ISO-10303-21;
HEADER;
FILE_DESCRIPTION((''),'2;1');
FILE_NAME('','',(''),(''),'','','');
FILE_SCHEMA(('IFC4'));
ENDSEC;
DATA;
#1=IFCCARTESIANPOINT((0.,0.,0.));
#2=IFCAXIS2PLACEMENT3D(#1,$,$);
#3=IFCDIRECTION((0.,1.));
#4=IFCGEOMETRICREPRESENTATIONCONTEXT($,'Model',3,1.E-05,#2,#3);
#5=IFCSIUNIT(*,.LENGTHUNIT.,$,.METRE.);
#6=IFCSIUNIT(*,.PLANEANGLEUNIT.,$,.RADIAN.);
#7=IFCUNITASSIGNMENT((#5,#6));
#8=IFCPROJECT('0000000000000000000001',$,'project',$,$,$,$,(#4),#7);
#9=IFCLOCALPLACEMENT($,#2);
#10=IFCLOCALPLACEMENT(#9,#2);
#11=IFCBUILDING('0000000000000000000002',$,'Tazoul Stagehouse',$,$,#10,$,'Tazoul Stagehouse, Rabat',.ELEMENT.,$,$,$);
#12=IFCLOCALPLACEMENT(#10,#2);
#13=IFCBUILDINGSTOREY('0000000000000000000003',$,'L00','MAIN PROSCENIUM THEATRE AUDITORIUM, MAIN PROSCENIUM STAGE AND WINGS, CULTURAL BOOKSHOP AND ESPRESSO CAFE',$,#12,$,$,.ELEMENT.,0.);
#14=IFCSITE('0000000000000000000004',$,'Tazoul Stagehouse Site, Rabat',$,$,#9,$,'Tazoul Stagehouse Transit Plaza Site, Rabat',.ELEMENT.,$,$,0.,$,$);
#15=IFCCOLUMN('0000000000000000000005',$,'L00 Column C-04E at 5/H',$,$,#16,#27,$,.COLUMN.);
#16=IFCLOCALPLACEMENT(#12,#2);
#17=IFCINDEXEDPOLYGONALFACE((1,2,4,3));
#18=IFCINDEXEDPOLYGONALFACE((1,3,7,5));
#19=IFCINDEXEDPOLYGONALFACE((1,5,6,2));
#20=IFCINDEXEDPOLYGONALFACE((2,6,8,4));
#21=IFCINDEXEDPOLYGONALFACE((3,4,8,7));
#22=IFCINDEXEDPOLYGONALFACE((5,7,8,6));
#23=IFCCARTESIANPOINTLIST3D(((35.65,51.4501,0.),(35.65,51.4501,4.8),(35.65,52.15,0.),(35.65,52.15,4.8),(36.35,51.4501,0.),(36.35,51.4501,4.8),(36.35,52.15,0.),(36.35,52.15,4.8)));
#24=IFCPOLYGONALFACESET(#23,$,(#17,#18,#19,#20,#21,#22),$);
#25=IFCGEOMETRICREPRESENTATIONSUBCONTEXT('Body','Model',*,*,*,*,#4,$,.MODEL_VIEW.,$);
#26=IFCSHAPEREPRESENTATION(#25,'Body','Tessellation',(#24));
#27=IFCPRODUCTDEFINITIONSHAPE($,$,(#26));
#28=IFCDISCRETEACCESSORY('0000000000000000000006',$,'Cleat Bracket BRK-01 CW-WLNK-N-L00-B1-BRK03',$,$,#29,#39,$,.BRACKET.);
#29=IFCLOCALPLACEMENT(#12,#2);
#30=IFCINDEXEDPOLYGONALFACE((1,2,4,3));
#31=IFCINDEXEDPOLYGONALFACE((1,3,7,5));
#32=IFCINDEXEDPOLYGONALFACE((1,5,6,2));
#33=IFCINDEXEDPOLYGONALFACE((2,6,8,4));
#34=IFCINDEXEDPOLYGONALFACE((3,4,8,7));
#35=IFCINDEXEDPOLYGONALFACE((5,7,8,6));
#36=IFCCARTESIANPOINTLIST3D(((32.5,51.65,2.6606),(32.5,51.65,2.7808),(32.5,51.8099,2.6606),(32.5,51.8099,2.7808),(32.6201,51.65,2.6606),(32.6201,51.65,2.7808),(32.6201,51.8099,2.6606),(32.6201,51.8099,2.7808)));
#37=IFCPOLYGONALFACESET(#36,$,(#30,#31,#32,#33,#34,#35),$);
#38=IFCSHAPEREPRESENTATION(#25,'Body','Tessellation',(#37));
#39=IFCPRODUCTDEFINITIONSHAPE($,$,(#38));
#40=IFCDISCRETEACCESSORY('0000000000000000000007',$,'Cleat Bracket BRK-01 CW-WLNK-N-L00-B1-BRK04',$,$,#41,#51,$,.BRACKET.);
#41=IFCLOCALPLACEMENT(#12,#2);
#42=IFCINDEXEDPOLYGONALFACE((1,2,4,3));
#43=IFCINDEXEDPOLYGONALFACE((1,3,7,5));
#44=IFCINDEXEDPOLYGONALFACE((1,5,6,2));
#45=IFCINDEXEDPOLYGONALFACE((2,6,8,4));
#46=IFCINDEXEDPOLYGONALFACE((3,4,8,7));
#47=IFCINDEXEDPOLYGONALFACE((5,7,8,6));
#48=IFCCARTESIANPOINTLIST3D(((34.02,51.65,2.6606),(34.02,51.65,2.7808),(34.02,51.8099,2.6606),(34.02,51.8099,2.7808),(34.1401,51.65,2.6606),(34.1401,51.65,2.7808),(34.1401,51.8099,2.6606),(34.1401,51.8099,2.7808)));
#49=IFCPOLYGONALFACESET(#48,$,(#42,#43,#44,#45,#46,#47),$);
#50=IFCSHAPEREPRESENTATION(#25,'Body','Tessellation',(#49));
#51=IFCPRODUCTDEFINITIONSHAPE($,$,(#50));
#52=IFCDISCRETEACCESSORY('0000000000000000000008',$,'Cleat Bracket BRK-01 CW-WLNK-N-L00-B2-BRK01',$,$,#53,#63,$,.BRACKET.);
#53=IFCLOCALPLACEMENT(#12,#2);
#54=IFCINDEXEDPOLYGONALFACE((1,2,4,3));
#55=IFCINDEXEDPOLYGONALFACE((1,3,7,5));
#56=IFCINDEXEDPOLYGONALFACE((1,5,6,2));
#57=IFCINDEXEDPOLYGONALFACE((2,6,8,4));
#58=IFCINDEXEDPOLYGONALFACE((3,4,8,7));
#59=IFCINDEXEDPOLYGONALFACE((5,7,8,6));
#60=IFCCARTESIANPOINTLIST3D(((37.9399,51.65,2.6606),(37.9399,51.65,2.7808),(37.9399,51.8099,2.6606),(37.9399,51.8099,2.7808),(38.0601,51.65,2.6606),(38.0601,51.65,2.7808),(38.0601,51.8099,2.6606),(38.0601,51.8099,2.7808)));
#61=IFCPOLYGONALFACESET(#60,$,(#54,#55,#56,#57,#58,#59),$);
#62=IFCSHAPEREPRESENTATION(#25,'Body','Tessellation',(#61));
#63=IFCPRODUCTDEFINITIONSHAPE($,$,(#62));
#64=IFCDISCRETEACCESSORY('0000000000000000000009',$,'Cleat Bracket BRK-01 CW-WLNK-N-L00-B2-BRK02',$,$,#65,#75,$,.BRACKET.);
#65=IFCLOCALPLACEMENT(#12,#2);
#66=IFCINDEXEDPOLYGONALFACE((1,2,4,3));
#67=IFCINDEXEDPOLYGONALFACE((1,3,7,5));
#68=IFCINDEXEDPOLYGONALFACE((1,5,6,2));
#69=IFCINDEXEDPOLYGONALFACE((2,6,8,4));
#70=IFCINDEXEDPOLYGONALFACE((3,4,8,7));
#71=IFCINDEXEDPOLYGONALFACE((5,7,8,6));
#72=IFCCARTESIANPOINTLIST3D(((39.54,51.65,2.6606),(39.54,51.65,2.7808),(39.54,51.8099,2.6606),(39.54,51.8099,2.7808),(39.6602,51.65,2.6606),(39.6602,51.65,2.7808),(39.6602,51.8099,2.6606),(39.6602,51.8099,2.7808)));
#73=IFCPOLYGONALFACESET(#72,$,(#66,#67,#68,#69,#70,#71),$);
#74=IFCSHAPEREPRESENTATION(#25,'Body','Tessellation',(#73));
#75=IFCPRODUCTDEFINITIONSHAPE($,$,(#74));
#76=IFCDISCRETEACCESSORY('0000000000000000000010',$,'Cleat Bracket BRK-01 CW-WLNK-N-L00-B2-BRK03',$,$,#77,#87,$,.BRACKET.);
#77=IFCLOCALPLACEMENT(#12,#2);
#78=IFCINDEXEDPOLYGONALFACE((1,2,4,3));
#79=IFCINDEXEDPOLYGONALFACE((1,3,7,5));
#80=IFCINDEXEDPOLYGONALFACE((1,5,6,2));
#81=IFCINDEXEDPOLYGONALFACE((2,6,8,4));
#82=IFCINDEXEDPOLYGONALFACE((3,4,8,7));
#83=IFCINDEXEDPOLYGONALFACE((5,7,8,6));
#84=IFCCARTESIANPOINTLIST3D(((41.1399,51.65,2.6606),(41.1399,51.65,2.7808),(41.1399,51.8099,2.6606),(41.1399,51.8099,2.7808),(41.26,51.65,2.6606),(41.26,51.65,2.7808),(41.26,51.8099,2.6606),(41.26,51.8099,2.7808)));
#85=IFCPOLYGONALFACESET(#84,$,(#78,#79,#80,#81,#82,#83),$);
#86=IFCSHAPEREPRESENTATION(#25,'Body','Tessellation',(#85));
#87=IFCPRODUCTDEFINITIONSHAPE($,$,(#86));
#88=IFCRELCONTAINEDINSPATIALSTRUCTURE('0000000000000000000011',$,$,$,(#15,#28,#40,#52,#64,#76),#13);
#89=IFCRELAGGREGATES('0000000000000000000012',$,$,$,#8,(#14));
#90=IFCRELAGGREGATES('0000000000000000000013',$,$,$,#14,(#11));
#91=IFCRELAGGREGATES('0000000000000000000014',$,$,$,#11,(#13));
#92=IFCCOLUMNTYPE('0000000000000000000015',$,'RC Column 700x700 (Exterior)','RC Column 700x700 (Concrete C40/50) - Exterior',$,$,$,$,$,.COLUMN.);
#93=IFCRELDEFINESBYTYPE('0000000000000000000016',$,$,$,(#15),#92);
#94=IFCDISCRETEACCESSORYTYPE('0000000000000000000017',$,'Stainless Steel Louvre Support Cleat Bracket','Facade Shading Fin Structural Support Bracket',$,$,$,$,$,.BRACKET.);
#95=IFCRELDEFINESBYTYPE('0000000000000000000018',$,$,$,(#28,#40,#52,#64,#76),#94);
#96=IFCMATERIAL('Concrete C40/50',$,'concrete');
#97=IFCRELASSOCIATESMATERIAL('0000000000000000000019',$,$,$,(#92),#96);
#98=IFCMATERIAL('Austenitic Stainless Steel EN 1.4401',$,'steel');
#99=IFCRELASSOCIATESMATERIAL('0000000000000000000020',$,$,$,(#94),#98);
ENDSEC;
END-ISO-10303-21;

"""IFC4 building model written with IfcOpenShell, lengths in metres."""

from ifc_helpers import new_model, si_unit, direction, frame, origin, origin_2d, place, context, subcontext, project, spatial, rectangle, extrude, material, material_profile, profile_set, type_object, element, save


model = new_model("IFC4")

# Units and contexts
model_context = context("Model", 3, precision=1e-05, world=origin(), true_north=direction((0.0, 1.0)))
body_context = subcontext(model_context, "Body", "Model", "MODEL_VIEW")
ifc_project = project(units=[si_unit("LENGTHUNIT", "METRE"), si_unit("PLANEANGLEUNIT", "RADIAN")], contexts=[model_context])

# Site, building, storey
site_placement = place(None, origin())
site = spatial("IfcSite", under=ifc_project, at=site_placement, Name="Tazoul Stagehouse Site, Rabat", LongName="Tazoul Stagehouse Transit Plaza Site, Rabat", CompositionType="ELEMENT", RefElevation=0.0)
building_placement = place(site_placement, origin())
building = spatial("IfcBuilding", under=site, at=building_placement, Name="Tazoul Stagehouse", LongName="Tazoul Stagehouse, Rabat", CompositionType="ELEMENT")
storey_placement = place(building_placement, origin())
storey = spatial("IfcBuildingStorey", under=building, at=storey_placement, Name="L00", Description="MAIN PROSCENIUM THEATRE AUDITORIUM, MAIN PROSCENIUM STAGE AND WINGS, CULTURAL BOOKSHOP AND ESPRESSO CAFE", CompositionType="ELEMENT", Elevation=0.0)

# Column
ifc_material_1 = material(Name="Concrete C40/50", Category="concrete")
ifc_material_profile_1 = material_profile(ifc_material_1, rectangle(XDim=0.7, YDim=0.7, at=origin_2d()), Name="RC 700x700")
ifc_profile_set_1 = profile_set([ifc_material_profile_1], Name="Concrete C40/50")
column_type = type_object("IfcColumnType", Name="RC Column 700x700 (Exterior)", Description="RC Column 700x700 (Concrete C40/50) - Exterior", PredefinedType="COLUMN", material=ifc_profile_set_1)
column_placement = place(storey_placement, frame((36.0, 51.8, 0.0), z_axis=(0.0, 0.0, 1.0), x_axis=(1.0, 0.0, 0.0)))
element("IfcColumn", 1, at=column_placement, inside=storey, type_object=column_type, Name="L00 Column C-04E at 5/H", PredefinedType="COLUMN", context=body_context, shape_type="SweptSolid", body=[
    extrude(rectangle(XDim=0.7, YDim=0.7, at=origin_2d()), origin(), (0.0, 0.0, 1.0), 4.8),
])

# Discrete accessories
ifc_material_2 = material(Name="Austenitic Stainless Steel EN 1.4401", Category="steel")
discrete_accessory_type = type_object("IfcDiscreteAccessoryType", Name="Stainless Steel Louvre Support Cleat Bracket", Description="Facade Shading Fin Structural Support Bracket", PredefinedType="BRACKET", material=ifc_material_2)
for number, where, z_axis, x_axis, name in (
    (2, (32.5601, 51.73, 2.6606), (0.0, 0.0, 1.0), (1.0, 0.0, 0.0), "Cleat Bracket BRK-01 CW-WLNK-N-L00-B1-BRK03"),
    (3, (34.0801, 51.73, 2.6606), (0.0, 0.0, 1.0), (1.0, 0.0, 0.0), "Cleat Bracket BRK-01 CW-WLNK-N-L00-B1-BRK04"),
    (4, (38.0, 51.73, 2.6606), (0.0, 0.0, 1.0), (1.0, 0.0, 0.0), "Cleat Bracket BRK-01 CW-WLNK-N-L00-B2-BRK01"),
    (5, (39.6001, 51.73, 2.6606), (0.0, 0.0, 1.0), (1.0, 0.0, 0.0), "Cleat Bracket BRK-01 CW-WLNK-N-L00-B2-BRK02"),
    (6, (41.2, 51.73, 2.6606), (0.0, 0.0, 1.0), (1.0, 0.0, 0.0), "Cleat Bracket BRK-01 CW-WLNK-N-L00-B2-BRK03"),
):
    element("IfcDiscreteAccessory", number, at=place(storey_placement, frame(where, z_axis=z_axis, x_axis=x_axis)), inside=storey, type_object=discrete_accessory_type, Name=name, PredefinedType="BRACKET", context=body_context, shape_type="SweptSolid", body=[
        extrude(rectangle(XDim=0.1201, YDim=0.1599, at=origin_2d()), origin(), (0.0, 0.0, 1.0), 0.1201),
    ])

save(model, "model.ifc")
